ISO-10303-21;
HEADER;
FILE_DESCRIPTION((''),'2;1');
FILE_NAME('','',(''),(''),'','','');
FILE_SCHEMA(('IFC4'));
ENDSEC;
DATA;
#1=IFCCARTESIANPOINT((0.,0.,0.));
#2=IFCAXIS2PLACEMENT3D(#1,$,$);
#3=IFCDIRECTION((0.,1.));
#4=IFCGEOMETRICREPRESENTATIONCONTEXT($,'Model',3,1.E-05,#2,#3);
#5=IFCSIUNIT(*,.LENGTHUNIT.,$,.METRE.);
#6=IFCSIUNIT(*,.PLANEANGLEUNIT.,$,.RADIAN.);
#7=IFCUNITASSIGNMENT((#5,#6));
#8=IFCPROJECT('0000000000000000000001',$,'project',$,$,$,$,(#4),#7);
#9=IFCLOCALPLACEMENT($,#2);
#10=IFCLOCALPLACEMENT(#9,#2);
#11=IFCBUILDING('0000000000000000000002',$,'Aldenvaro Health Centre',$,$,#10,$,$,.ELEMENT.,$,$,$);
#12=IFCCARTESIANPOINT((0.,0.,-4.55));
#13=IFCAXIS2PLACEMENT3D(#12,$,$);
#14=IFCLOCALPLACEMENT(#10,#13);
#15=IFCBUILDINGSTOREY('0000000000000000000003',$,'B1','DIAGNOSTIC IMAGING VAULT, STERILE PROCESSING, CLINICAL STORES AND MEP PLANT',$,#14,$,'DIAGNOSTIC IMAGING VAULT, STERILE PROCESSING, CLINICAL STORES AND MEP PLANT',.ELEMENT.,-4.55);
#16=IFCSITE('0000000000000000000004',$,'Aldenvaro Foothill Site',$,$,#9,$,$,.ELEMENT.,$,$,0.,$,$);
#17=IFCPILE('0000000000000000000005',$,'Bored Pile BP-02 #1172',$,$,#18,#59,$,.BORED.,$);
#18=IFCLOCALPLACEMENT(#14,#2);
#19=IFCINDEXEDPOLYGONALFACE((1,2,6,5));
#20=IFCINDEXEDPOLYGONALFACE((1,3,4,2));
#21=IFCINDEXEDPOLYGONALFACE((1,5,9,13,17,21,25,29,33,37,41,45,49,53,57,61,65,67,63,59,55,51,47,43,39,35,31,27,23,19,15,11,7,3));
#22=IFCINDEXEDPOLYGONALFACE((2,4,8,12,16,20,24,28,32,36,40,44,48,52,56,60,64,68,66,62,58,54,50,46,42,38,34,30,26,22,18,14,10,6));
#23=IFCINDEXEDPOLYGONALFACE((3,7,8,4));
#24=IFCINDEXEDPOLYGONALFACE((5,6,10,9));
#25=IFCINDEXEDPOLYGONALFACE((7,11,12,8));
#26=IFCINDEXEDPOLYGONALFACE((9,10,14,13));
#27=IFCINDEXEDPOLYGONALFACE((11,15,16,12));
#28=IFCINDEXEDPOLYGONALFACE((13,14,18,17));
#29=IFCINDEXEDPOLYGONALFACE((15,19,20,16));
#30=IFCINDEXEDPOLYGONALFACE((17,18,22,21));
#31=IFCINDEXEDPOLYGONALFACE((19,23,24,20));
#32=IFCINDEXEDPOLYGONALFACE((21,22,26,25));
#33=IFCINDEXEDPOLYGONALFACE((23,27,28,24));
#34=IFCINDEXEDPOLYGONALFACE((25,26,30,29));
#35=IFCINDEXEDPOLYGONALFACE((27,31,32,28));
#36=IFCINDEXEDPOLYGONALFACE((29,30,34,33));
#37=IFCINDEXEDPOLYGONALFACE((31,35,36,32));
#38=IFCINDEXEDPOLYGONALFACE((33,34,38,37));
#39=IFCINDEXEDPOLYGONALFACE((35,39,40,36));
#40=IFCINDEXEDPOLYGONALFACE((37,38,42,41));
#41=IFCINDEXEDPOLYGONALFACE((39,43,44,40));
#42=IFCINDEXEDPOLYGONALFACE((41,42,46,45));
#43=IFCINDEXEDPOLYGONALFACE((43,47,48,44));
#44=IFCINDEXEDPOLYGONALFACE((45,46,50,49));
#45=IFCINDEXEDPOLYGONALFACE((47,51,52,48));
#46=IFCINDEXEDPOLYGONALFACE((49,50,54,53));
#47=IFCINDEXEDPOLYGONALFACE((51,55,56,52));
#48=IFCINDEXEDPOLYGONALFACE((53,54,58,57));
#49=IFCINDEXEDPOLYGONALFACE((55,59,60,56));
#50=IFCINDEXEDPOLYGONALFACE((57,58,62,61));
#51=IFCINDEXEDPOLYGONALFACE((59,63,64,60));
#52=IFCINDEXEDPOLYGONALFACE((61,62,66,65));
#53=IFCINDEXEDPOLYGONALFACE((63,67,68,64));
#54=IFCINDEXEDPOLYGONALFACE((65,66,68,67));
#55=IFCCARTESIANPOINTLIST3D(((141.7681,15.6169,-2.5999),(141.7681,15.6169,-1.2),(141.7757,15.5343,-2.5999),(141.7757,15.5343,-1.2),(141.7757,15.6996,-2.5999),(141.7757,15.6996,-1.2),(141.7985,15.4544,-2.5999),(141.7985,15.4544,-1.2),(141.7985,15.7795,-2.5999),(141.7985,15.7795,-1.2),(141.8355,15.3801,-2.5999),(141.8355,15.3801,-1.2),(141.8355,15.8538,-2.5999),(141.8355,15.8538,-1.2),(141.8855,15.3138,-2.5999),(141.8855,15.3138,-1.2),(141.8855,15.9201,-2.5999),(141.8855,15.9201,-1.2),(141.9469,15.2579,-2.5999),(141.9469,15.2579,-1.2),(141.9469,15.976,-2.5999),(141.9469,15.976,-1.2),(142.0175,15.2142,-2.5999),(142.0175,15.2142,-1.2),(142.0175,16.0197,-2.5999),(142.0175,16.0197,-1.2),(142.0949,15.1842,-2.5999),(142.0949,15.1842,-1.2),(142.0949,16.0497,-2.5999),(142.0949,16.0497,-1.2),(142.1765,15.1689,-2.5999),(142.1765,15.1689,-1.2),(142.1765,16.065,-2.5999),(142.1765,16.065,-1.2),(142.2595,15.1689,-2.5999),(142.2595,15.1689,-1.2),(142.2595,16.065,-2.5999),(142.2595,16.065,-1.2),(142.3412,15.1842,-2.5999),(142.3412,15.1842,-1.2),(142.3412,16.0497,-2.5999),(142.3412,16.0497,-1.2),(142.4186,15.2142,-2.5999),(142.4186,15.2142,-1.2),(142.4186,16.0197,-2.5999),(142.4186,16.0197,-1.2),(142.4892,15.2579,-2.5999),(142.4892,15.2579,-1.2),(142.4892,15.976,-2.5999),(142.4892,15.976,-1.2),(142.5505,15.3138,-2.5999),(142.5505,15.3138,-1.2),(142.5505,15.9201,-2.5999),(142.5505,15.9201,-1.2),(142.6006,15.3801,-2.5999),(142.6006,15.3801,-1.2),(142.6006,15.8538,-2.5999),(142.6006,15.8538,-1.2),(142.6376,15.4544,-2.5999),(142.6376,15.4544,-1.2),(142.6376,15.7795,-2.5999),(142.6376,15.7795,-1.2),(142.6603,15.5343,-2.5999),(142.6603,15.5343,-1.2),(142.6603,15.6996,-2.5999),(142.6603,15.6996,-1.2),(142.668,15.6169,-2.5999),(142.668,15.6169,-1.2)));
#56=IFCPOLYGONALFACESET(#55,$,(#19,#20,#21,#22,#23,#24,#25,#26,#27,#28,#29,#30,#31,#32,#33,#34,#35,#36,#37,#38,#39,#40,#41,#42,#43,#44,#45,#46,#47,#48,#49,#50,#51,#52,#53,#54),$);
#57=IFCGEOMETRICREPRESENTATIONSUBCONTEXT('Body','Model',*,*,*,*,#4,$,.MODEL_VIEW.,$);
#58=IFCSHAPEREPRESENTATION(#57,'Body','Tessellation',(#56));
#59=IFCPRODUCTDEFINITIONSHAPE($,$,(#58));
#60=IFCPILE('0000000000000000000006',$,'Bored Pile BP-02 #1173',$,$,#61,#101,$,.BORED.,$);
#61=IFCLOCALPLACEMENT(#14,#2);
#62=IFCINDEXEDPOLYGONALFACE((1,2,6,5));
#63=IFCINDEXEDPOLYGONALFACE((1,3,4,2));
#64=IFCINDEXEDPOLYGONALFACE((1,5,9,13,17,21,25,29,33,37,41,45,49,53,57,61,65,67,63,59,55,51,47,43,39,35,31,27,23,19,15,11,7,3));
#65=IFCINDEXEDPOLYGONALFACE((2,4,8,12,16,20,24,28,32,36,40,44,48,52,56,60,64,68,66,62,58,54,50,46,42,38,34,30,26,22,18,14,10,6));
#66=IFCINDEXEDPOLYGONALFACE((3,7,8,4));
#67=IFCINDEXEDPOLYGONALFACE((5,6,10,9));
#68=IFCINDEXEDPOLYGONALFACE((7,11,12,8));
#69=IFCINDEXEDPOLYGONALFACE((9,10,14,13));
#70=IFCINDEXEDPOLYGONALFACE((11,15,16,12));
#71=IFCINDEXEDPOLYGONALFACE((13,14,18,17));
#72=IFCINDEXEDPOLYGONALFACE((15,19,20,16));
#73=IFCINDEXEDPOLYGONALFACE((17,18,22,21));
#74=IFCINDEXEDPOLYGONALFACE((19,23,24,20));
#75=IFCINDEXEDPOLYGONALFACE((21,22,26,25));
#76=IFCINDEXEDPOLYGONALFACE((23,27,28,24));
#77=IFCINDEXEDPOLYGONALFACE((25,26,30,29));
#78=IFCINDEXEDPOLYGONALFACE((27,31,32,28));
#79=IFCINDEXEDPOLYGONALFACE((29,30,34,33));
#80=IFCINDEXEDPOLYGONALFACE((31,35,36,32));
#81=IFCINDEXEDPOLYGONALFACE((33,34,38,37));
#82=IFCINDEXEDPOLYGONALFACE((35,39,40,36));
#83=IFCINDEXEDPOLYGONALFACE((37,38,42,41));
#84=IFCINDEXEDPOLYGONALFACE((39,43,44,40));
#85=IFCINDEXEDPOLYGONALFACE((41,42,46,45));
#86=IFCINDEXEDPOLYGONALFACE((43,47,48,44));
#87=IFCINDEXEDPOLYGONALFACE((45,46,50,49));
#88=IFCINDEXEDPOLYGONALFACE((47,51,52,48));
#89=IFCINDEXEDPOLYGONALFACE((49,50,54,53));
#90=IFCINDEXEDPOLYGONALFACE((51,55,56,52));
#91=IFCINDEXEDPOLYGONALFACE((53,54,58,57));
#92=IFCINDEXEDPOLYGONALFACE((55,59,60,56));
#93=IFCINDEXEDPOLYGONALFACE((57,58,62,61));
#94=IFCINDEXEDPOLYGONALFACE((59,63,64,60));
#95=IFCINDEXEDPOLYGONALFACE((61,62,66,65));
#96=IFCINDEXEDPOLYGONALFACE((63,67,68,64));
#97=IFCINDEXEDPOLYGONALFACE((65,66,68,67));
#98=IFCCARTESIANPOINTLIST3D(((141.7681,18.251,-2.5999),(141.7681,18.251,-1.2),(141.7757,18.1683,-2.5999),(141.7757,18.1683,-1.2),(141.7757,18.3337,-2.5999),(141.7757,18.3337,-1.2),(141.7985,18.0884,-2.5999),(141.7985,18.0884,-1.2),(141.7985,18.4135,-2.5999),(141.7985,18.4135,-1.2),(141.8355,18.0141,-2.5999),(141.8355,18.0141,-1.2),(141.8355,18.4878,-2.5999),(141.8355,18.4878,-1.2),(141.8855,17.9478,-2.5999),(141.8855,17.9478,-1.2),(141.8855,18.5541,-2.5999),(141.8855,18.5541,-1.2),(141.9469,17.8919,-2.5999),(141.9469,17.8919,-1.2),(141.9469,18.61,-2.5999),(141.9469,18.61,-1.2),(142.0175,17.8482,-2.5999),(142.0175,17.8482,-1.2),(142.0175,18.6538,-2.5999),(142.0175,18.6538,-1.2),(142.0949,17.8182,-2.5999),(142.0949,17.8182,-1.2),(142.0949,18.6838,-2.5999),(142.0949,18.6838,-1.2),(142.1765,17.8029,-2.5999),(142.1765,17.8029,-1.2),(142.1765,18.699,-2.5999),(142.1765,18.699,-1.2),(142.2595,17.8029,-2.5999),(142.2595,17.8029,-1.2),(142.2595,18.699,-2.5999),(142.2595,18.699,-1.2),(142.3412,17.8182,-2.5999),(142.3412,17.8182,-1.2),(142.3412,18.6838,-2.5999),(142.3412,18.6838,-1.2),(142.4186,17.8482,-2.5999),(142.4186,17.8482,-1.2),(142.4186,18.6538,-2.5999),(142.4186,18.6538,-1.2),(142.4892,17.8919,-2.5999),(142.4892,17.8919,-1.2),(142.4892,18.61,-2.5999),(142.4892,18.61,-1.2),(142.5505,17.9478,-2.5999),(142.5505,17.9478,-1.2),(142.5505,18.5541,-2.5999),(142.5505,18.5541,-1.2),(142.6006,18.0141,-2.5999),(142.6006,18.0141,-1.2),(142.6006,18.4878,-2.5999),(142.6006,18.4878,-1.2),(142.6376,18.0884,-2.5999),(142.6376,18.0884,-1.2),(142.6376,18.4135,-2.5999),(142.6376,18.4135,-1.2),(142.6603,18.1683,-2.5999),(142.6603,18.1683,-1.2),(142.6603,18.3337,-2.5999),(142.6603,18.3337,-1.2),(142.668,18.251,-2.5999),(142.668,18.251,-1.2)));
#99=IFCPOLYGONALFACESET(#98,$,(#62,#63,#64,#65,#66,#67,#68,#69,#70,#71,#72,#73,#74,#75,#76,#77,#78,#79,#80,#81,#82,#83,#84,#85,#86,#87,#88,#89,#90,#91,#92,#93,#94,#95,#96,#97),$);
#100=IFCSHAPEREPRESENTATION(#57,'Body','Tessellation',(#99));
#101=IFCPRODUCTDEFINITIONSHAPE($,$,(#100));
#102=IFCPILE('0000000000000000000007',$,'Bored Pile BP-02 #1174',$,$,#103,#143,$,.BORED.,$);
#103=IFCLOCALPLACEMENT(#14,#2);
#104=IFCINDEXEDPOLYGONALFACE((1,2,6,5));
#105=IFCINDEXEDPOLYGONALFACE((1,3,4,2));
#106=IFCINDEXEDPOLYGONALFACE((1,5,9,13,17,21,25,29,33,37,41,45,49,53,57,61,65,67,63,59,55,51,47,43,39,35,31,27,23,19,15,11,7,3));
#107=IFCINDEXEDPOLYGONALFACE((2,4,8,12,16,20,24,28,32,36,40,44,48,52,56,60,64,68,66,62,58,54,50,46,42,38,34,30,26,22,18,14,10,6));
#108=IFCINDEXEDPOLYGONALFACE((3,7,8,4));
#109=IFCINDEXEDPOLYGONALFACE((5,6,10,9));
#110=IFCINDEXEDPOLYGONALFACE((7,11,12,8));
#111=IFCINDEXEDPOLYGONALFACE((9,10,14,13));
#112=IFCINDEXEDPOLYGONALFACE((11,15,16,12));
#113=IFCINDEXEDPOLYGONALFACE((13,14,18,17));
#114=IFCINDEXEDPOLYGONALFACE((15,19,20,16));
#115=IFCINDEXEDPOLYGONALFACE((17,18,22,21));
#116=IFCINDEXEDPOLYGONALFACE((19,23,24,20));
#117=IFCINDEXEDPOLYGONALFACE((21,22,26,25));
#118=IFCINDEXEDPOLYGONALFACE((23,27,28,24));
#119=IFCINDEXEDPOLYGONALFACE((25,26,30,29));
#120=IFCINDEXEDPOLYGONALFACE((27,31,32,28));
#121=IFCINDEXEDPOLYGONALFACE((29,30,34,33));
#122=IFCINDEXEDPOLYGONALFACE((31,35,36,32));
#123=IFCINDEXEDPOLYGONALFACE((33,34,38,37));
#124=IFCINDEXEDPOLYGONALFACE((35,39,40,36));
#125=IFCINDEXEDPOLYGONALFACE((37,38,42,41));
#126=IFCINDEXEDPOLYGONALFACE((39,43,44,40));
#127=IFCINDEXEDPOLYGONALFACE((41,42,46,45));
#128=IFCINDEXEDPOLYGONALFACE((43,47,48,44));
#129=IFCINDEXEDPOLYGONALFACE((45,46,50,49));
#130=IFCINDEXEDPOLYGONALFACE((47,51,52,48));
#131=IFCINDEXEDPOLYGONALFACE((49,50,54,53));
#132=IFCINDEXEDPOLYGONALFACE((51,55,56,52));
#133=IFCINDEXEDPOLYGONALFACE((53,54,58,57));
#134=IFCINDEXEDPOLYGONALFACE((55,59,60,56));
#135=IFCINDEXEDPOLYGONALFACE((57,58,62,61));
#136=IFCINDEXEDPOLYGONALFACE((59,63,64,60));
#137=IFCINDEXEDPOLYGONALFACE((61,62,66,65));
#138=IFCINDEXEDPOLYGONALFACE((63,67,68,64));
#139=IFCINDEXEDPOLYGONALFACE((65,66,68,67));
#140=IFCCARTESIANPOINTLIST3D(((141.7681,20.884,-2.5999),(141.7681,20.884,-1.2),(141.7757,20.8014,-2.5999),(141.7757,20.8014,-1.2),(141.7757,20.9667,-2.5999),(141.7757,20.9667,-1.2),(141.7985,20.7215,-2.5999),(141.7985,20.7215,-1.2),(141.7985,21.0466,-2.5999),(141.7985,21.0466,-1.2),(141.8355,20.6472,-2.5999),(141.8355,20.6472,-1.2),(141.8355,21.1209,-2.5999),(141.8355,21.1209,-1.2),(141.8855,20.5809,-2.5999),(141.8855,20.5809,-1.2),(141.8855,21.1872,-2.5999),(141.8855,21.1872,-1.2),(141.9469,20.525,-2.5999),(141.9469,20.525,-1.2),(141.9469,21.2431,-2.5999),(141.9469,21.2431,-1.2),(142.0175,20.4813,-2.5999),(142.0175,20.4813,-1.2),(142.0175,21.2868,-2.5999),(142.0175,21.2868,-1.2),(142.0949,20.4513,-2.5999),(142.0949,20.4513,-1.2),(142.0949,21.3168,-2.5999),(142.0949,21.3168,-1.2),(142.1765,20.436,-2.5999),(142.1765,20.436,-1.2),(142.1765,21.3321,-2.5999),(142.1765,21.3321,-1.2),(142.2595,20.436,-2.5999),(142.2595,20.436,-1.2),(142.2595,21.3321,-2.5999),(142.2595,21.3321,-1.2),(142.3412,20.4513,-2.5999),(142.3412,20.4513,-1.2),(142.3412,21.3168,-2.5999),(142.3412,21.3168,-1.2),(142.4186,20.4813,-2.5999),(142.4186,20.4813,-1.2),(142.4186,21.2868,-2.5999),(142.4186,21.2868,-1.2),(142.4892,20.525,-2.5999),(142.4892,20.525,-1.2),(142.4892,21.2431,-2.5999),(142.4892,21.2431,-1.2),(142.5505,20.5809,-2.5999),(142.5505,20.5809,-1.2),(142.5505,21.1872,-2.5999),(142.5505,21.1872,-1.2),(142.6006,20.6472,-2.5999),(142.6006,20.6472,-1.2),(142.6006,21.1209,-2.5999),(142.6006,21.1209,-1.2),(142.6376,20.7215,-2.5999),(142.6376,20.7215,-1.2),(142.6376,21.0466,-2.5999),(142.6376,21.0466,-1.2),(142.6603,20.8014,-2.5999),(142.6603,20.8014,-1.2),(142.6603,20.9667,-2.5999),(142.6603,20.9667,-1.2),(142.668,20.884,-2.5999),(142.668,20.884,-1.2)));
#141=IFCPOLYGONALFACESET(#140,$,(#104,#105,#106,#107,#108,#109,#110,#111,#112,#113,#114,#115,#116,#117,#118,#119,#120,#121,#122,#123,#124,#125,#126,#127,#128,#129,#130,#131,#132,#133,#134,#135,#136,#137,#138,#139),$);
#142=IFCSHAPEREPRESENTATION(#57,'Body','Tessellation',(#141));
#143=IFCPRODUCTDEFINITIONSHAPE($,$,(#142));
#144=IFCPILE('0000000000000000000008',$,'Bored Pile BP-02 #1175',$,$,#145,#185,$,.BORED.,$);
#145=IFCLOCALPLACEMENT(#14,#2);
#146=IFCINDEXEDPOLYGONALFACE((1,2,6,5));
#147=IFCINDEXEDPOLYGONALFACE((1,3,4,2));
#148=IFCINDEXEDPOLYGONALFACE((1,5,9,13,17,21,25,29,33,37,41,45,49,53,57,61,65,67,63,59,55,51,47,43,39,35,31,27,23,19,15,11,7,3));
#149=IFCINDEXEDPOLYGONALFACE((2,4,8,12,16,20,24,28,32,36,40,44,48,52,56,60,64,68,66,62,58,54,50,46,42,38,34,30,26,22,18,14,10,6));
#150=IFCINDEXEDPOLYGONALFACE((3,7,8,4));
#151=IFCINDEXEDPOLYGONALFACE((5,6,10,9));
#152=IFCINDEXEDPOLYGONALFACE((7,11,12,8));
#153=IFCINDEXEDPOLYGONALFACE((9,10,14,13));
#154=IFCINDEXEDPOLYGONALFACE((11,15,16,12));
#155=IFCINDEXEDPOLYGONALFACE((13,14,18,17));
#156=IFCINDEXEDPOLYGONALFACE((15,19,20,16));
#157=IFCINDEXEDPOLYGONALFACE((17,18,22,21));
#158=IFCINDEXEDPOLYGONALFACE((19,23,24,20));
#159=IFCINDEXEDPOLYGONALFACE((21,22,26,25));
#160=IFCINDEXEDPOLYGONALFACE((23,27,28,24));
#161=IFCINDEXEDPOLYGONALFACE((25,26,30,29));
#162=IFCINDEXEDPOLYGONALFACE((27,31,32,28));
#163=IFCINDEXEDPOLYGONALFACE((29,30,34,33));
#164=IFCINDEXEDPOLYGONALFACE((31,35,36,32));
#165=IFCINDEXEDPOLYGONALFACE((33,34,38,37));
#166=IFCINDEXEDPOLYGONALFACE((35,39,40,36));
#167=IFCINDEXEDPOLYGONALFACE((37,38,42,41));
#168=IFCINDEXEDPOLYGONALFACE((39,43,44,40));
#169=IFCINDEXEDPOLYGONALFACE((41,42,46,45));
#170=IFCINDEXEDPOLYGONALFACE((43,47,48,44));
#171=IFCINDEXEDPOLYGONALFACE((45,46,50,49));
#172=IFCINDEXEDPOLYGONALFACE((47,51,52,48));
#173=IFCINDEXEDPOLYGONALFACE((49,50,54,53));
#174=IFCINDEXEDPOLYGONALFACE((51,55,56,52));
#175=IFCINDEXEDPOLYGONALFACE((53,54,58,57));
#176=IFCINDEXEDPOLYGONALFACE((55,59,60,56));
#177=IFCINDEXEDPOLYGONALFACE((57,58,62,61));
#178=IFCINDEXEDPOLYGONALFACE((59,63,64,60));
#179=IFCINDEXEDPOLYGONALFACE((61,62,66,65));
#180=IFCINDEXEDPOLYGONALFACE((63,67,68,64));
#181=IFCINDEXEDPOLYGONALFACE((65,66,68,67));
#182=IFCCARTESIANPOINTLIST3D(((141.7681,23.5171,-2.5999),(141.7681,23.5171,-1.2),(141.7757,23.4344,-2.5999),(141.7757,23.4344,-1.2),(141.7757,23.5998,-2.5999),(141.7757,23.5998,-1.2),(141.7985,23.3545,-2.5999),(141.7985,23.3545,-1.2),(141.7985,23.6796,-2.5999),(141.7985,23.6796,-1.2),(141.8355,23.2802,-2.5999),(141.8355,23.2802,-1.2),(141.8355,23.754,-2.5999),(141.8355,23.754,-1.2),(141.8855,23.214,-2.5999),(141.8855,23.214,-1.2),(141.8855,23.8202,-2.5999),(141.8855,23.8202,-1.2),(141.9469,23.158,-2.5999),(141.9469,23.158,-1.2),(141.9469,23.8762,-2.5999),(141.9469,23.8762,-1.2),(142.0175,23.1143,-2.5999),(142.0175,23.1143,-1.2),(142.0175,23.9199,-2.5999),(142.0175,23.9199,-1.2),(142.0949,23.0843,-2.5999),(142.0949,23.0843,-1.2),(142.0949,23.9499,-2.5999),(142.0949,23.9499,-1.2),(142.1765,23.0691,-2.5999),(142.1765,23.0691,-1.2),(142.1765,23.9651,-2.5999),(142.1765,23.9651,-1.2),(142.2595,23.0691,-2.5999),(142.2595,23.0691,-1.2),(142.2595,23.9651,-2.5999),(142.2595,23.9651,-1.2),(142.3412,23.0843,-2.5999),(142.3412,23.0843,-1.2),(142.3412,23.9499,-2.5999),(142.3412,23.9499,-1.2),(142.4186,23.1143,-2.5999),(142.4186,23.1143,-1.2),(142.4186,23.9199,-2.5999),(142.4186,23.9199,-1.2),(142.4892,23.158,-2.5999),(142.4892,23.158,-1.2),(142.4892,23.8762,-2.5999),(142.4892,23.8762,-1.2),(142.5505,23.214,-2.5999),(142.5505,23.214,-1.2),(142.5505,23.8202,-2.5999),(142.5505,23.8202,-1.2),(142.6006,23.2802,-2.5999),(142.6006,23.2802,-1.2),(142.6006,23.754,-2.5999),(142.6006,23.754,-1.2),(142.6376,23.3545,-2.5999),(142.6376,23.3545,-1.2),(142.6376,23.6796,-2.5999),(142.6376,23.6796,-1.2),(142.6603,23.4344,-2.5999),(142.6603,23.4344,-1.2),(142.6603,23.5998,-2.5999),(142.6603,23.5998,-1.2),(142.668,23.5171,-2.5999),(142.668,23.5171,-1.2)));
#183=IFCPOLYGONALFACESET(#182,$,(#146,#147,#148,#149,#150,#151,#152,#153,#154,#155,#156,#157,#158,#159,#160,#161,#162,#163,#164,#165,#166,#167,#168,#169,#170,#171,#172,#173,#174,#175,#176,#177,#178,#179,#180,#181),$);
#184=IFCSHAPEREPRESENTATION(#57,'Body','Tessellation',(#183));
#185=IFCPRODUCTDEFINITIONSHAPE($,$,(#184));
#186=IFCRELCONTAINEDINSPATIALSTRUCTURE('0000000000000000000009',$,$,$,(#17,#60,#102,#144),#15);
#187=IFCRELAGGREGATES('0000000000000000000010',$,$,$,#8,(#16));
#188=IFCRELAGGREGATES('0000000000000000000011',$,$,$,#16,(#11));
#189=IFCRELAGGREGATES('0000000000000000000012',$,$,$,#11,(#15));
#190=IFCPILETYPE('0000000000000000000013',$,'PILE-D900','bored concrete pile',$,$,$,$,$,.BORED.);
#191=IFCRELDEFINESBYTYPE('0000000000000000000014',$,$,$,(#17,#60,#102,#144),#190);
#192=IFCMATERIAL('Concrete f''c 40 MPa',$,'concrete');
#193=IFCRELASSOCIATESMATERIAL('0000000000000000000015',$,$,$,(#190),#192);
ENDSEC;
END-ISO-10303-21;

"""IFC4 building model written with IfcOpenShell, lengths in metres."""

from ifc_helpers import new_model, si_unit, direction, frame, origin, origin_2d, place, context, subcontext, project, spatial, circle, extrude, material, material_profile, profile_set, type_object, element, save


model = new_model("IFC4")

# Units and contexts
model_context = context("Model", 3, precision=1e-05, world=origin(), true_north=direction((0.0, 1.0)))
body_context = subcontext(model_context, "Body", "Model", "MODEL_VIEW")
ifc_project = project(units=[si_unit("LENGTHUNIT", "METRE"), si_unit("PLANEANGLEUNIT", "RADIAN")], contexts=[model_context])

# Site, building, storey
site_placement = place(None, origin())
site = spatial("IfcSite", under=ifc_project, at=site_placement, Name="Aldenvaro Foothill Site", CompositionType="ELEMENT", RefElevation=0.0)
building_placement = place(site_placement, origin())
building = spatial("IfcBuilding", under=site, at=building_placement, Name="Aldenvaro Health Centre", CompositionType="ELEMENT")
storey_placement = place(building_placement, frame((0.0, 0.0, -4.55)))
storey = spatial("IfcBuildingStorey", under=building, at=storey_placement, Name="B1", Description="DIAGNOSTIC IMAGING VAULT, STERILE PROCESSING, CLINICAL STORES AND MEP PLANT", LongName="DIAGNOSTIC IMAGING VAULT, STERILE PROCESSING, CLINICAL STORES AND MEP PLANT", CompositionType="ELEMENT", Elevation=-4.55)

# Piles
ifc_material_1 = material(Name="Concrete f'c 40 MPa", Category="concrete")
ifc_material_profile_1 = material_profile(ifc_material_1, circle(Radius=0.45, at=origin_2d()), Name="PILE D900", Category="concrete")
ifc_profile_set_1 = profile_set([ifc_material_profile_1], Name="Concrete f'c 40 MPa")
pile_type = type_object("IfcPileType", Name="PILE-D900", Description="bored concrete pile", PredefinedType="BORED", material=ifc_profile_set_1)
for number, where, z_axis, x_axis, name in (
    (1, (142.218, 15.6169, -1.2), (0.0, 0.0, -1.0), (1.0, 0.0, 0.0), "Bored Pile BP-02 #1172"),
    (2, (142.218, 18.251, -1.2), (0.0, 0.0, -1.0), (1.0, 0.0, 0.0), "Bored Pile BP-02 #1173"),
    (3, (142.218, 20.884, -1.2), (0.0, 0.0, -1.0), (1.0, 0.0, 0.0), "Bored Pile BP-02 #1174"),
    (4, (142.218, 23.5171, -1.2), (0.0, 0.0, -1.0), (1.0, 0.0, 0.0), "Bored Pile BP-02 #1175"),
):
    element("IfcPile", number, at=place(storey_placement, frame(where, z_axis=z_axis, x_axis=x_axis)), inside=storey, type_object=pile_type, Name=name, PredefinedType="BORED", context=body_context, shape_type="SweptSolid", body=[
        extrude(circle(Radius=0.45, at=origin_2d()), origin(), (0.0, 0.0, 1.0), 1.3999),
    ])

save(model, "model.ifc")
